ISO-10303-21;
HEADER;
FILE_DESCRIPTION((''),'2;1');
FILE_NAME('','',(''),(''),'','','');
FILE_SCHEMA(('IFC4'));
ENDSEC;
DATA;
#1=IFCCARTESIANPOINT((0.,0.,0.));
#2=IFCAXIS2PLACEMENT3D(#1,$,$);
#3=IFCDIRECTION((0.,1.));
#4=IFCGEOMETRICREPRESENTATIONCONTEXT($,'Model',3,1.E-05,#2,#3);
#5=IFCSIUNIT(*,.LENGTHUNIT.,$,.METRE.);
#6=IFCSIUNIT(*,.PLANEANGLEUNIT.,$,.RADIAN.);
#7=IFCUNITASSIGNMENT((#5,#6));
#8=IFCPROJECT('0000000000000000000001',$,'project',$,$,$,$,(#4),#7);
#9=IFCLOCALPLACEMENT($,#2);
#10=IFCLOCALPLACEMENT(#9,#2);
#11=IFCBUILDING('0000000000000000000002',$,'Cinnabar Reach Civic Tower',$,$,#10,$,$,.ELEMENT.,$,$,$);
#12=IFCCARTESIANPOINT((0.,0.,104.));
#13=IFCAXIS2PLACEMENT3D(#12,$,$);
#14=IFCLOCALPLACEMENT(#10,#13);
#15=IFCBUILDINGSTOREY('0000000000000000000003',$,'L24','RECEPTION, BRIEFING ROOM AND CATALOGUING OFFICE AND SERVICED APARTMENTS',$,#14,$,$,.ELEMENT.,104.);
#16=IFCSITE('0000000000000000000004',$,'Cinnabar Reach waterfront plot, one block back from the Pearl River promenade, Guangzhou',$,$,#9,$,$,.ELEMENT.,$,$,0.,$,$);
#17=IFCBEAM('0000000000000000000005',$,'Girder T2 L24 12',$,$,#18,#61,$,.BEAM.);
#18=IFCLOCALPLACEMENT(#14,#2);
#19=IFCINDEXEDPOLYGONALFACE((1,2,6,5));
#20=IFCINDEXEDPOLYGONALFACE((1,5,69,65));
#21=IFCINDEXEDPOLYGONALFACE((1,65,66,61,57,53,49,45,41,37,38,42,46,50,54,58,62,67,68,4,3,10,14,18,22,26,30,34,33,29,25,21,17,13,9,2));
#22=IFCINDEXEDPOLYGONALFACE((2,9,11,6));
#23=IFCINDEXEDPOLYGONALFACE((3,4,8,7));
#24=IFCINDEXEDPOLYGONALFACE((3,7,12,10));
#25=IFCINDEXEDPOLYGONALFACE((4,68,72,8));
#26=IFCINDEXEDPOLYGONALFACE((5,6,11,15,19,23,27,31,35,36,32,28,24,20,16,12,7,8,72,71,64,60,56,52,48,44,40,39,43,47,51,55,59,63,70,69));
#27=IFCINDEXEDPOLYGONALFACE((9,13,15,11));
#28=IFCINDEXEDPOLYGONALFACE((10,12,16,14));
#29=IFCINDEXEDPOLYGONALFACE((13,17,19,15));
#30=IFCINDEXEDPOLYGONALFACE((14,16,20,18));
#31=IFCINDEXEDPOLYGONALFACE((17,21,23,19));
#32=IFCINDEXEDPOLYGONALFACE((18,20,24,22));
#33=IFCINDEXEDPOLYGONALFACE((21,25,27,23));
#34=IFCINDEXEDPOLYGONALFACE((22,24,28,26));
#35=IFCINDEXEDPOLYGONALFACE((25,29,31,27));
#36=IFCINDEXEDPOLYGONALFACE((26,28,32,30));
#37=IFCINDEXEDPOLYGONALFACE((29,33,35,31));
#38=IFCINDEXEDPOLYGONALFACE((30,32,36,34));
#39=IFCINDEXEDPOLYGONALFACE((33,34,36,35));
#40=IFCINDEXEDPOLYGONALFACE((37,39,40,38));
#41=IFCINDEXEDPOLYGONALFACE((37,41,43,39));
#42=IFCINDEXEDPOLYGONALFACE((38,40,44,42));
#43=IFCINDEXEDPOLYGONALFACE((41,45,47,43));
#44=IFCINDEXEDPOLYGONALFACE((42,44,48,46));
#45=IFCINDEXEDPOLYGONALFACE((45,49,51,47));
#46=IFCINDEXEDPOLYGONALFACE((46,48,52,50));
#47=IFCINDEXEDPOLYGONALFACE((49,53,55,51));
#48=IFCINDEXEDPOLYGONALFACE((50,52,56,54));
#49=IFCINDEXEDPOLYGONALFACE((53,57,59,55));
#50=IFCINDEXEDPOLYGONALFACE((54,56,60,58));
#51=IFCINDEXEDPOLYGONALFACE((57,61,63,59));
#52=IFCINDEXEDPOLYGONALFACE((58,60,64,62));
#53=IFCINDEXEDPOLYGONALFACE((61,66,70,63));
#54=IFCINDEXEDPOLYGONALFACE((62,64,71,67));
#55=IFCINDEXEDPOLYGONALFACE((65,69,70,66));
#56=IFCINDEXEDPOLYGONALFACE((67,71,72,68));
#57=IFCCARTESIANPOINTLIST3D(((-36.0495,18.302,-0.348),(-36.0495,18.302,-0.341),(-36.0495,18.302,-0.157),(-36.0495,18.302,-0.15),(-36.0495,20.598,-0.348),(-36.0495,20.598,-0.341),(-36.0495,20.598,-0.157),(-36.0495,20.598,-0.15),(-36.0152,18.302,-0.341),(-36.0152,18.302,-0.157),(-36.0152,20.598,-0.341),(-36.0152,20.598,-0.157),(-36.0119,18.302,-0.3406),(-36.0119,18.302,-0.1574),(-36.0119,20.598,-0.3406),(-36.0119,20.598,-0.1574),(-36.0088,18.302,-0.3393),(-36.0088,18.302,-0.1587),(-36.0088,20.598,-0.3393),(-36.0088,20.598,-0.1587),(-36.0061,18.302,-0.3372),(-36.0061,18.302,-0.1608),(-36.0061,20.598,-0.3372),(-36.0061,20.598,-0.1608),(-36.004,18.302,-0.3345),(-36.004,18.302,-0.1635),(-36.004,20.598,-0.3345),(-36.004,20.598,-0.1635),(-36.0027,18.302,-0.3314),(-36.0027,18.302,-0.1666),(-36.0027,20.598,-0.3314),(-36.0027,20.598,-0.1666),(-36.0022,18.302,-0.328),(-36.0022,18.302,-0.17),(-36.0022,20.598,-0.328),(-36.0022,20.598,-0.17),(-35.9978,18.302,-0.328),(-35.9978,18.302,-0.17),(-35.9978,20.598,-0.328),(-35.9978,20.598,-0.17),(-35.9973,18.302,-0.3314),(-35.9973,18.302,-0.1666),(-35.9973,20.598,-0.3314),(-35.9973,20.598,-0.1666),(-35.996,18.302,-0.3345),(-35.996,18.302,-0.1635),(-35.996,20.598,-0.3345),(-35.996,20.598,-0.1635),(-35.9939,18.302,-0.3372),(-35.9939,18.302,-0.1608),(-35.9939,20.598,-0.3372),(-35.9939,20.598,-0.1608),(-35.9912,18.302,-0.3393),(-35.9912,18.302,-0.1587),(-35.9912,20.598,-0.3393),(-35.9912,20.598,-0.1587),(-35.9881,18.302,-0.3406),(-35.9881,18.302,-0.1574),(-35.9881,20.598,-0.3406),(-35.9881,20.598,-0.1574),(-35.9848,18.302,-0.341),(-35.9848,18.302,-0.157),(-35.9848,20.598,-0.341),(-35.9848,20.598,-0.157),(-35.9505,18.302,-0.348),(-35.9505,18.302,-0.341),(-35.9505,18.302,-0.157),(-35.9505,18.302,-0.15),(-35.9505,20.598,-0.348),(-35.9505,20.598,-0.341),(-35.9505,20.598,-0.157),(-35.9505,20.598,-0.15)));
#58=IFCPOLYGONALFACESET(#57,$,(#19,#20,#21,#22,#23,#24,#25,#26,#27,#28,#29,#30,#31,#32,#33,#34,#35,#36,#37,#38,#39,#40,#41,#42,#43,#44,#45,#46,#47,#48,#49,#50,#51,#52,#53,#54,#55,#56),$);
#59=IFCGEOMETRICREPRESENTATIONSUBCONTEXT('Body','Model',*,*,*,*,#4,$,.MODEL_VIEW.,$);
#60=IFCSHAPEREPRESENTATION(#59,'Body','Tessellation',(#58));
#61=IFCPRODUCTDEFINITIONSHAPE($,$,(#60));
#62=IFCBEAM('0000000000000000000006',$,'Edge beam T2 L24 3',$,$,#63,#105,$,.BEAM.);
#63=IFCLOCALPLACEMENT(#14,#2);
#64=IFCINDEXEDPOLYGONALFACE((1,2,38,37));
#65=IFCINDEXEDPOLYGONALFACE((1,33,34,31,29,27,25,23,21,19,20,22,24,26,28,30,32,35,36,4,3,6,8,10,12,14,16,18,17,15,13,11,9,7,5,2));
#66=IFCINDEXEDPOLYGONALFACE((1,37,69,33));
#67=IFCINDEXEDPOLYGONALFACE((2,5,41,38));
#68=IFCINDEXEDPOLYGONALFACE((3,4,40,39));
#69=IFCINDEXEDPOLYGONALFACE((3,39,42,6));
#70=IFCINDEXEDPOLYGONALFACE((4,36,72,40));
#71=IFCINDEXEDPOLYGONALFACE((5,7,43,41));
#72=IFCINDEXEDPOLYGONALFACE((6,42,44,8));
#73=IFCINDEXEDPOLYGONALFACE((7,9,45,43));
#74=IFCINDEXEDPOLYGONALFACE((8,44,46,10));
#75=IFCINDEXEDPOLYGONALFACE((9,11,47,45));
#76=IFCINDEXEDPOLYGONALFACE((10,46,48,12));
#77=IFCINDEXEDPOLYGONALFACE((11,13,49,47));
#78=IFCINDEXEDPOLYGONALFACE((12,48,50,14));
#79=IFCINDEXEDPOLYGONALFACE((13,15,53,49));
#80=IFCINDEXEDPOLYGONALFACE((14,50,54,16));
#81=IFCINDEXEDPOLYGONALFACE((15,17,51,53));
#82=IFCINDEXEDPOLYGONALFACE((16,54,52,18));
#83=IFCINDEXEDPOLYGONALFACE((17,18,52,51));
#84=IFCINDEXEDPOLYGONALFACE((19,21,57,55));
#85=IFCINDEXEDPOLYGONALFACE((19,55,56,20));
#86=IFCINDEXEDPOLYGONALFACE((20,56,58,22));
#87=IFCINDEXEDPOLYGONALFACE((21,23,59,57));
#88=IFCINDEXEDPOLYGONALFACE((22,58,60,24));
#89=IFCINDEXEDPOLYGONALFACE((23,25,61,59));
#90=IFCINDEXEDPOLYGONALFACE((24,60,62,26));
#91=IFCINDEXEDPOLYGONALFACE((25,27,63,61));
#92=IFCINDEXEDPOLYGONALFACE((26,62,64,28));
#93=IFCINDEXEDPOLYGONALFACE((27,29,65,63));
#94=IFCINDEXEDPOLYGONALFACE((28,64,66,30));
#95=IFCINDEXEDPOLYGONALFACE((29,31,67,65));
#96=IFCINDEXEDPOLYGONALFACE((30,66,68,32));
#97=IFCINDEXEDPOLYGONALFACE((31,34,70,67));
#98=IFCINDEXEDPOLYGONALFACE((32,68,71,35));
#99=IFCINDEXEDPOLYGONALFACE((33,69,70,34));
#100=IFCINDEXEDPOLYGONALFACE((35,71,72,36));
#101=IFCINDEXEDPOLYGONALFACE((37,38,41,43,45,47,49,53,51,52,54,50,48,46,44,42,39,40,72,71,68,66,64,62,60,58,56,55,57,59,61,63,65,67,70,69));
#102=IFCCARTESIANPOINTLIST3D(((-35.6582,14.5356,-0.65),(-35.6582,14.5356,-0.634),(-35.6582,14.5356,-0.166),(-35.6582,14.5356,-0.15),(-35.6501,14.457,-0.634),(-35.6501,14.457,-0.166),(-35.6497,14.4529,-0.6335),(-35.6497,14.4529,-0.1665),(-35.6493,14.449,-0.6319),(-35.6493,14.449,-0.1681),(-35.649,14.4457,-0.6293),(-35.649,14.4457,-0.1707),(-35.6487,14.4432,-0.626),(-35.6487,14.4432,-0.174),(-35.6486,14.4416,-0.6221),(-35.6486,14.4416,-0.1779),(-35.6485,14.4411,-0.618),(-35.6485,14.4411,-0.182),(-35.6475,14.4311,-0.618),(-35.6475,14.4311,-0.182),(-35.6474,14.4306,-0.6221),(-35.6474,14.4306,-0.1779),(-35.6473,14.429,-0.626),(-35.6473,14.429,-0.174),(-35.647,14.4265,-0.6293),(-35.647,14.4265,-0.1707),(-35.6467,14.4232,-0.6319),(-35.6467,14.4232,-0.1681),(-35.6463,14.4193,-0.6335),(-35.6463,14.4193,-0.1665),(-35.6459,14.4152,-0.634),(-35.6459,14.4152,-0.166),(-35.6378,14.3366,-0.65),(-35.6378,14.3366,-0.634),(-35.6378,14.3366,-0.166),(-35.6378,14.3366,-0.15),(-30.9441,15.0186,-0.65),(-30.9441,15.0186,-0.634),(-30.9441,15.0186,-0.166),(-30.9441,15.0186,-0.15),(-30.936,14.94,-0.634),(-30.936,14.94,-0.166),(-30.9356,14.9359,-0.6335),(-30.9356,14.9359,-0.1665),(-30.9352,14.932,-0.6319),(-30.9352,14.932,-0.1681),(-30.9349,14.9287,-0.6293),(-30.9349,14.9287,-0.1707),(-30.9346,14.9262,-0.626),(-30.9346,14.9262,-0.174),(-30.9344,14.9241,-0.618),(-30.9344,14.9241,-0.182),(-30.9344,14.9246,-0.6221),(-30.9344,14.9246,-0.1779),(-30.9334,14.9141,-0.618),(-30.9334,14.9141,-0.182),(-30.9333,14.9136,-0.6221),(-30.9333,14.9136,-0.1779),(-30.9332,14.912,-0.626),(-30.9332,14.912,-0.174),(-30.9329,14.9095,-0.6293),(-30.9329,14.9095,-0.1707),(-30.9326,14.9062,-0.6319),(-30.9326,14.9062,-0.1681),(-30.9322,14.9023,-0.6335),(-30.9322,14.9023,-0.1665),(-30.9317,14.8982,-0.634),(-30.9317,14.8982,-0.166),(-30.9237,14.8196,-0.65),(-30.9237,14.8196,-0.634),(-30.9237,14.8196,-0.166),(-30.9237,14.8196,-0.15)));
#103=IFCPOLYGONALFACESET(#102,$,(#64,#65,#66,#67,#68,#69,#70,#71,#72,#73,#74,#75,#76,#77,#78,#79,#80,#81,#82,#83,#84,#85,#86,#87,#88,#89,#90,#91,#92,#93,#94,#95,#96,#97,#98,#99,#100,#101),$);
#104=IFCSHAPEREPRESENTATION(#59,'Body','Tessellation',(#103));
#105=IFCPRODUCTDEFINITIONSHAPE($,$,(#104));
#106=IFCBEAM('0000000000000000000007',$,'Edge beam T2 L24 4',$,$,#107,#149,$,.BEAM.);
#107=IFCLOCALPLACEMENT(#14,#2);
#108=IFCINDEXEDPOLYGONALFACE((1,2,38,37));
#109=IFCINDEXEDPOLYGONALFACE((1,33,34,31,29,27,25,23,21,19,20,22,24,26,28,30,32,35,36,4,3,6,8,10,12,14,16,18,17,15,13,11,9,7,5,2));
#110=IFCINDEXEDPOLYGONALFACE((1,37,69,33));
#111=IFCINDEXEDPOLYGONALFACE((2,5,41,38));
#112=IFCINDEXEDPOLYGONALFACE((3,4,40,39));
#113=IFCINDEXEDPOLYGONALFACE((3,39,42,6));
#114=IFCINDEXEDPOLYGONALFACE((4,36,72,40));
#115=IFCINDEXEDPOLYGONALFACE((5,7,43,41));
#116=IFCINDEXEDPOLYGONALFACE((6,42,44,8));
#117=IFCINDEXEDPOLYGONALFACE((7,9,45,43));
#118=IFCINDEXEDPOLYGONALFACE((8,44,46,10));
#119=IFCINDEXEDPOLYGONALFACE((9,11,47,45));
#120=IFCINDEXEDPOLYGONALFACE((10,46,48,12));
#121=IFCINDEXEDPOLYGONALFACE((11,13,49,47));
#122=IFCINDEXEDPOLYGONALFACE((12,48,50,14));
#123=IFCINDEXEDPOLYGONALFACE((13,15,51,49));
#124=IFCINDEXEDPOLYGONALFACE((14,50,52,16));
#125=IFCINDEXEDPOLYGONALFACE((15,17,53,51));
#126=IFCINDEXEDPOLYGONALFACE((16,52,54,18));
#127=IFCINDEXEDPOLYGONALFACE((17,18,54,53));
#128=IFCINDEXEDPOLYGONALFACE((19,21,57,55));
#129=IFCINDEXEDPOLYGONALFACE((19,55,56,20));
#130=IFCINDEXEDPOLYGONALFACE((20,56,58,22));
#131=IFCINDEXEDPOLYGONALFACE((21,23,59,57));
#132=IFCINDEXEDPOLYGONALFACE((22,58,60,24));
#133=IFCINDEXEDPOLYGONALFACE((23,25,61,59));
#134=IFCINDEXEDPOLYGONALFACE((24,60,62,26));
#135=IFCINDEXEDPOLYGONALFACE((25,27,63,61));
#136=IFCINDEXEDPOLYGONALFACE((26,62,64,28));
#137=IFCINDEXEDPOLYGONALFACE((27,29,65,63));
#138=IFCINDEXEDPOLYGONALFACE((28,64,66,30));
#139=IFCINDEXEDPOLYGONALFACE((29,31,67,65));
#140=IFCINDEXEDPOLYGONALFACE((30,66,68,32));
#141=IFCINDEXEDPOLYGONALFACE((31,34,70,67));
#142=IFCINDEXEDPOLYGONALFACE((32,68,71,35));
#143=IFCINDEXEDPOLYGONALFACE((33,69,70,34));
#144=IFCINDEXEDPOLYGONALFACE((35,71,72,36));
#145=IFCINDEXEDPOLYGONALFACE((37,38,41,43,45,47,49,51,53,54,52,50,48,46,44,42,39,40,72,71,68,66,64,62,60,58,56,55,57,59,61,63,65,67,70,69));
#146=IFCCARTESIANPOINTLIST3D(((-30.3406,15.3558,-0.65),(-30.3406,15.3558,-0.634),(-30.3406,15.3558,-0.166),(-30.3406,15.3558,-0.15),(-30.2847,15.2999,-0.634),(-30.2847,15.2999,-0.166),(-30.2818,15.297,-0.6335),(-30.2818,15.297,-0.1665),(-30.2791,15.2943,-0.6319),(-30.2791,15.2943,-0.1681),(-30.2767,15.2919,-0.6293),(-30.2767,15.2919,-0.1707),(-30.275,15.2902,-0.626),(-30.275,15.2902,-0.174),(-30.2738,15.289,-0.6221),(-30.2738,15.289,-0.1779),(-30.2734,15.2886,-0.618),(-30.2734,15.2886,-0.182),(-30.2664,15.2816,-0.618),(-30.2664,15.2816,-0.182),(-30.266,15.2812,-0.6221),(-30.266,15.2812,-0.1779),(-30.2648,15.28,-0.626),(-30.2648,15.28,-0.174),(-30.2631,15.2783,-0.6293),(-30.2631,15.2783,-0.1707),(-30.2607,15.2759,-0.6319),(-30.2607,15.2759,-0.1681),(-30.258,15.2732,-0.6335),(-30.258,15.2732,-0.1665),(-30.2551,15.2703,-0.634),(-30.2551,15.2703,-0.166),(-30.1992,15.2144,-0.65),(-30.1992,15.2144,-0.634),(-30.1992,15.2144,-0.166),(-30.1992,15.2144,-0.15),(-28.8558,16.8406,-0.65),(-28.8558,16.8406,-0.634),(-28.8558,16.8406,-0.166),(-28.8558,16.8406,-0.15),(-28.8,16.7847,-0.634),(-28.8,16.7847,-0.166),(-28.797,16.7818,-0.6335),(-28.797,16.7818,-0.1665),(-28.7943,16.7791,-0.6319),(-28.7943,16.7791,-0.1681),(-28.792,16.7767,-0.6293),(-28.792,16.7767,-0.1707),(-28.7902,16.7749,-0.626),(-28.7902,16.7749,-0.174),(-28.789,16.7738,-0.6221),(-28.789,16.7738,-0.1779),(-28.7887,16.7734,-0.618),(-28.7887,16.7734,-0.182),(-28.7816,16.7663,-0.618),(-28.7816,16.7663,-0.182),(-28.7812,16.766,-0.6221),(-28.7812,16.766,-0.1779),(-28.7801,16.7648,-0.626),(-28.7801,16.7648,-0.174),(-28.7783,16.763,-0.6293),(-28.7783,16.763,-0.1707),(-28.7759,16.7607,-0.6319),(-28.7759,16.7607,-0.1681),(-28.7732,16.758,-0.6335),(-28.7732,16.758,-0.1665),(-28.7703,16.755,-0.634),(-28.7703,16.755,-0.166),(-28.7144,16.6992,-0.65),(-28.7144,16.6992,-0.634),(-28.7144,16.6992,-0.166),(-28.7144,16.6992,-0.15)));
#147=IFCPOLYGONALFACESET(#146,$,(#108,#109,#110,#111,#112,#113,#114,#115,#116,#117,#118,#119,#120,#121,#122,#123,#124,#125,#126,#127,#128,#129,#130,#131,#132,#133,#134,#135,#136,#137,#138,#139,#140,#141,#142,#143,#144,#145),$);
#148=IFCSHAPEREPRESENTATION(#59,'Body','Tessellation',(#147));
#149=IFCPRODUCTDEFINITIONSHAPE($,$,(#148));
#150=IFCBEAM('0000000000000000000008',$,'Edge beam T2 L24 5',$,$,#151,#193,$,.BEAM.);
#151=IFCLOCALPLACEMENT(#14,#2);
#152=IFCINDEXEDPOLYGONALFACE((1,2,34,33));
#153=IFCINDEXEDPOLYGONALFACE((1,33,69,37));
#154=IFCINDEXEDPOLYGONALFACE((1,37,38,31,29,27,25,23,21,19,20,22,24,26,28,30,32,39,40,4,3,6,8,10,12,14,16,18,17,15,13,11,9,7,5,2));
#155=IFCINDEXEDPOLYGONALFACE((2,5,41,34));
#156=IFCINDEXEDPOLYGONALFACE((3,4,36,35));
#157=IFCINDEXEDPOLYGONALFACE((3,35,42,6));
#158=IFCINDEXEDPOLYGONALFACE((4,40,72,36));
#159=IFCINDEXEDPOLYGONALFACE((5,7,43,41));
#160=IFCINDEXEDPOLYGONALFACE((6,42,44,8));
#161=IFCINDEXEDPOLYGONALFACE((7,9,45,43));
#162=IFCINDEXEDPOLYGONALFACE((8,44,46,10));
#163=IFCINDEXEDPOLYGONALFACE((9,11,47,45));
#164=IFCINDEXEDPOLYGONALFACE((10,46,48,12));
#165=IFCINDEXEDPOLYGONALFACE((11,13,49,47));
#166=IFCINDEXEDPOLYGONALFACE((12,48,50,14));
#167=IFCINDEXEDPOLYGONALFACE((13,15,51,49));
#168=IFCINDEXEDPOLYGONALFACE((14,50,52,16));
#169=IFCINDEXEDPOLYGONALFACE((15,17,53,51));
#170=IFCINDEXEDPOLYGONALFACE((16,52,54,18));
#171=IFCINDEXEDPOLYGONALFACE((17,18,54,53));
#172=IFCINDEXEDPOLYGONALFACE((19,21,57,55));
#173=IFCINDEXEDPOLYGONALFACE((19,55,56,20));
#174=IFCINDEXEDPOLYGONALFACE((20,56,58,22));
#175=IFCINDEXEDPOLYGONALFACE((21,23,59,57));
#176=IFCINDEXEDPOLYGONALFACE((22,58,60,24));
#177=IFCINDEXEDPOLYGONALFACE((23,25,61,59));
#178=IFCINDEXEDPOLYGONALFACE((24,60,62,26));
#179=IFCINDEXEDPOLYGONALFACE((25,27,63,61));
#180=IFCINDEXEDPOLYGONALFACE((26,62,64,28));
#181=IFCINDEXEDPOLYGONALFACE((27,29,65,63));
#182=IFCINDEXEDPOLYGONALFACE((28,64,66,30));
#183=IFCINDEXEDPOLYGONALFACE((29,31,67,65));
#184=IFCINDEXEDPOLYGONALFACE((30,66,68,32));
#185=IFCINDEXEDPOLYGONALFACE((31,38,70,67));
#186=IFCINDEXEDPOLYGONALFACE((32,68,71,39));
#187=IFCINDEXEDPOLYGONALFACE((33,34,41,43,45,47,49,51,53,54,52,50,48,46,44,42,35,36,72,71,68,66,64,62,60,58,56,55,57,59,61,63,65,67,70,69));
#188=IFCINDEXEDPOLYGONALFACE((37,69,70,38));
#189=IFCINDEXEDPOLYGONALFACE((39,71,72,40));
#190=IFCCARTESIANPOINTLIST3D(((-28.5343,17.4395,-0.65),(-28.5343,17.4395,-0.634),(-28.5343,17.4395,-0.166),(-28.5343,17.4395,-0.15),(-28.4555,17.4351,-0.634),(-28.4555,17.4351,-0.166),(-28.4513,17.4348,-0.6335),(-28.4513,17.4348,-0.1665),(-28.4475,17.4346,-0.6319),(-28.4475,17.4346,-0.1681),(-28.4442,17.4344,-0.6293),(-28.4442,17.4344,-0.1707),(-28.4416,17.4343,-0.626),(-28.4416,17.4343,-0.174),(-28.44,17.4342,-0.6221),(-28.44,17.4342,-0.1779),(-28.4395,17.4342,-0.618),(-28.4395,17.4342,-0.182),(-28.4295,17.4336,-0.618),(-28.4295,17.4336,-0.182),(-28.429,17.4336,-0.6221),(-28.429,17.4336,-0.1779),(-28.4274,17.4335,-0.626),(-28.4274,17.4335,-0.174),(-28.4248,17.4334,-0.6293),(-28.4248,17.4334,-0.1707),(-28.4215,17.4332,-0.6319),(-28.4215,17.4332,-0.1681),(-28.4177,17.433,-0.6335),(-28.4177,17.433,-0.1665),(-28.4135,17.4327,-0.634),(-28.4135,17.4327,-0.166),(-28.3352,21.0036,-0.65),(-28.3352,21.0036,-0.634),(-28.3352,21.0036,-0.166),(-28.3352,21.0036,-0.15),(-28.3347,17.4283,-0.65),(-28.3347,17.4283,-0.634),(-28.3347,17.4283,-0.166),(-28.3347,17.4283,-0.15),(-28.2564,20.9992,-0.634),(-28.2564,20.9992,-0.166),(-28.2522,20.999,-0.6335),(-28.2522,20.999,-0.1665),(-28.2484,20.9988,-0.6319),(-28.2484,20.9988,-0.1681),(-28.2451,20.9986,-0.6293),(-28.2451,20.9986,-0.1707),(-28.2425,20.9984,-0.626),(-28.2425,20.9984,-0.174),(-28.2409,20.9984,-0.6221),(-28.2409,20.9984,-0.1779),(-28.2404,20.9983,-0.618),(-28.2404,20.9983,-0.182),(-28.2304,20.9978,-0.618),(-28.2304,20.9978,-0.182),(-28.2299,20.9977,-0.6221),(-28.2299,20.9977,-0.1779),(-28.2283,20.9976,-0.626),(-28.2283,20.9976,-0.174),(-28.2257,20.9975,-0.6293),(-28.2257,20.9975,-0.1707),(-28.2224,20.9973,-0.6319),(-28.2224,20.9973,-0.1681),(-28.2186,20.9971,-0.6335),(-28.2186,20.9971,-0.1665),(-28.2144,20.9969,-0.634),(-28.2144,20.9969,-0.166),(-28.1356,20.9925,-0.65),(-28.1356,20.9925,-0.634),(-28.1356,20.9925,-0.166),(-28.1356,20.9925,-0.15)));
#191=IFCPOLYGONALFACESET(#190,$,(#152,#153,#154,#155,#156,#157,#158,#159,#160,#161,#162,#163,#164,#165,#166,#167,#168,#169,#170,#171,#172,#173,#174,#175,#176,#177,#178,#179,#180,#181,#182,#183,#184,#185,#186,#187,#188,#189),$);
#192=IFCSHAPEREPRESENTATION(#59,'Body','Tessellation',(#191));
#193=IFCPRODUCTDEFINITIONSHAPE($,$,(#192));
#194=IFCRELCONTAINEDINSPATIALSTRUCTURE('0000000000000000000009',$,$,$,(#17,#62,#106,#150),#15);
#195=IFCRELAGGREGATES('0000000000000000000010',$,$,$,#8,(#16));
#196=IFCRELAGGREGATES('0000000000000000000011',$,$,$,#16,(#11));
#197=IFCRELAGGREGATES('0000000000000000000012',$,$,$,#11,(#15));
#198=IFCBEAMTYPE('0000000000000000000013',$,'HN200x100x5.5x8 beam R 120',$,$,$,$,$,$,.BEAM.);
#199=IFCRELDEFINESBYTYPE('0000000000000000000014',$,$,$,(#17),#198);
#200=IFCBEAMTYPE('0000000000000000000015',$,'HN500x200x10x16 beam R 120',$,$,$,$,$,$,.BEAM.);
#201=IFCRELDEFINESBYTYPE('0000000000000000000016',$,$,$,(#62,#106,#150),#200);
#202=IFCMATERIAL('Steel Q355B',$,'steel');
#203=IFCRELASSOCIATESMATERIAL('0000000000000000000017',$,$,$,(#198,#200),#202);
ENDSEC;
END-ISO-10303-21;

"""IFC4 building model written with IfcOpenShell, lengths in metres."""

from ifc_helpers import new_model, si_unit, direction, frame, origin, origin_2d, place, context, subcontext, project, spatial, i_section, extrude, material, material_profile, profile_set, type_object, element, save


model = new_model("IFC4")

# Units and contexts
model_context = context("Model", 3, precision=1e-05, world=origin(), true_north=direction((0.0, 1.0)))
body_context = subcontext(model_context, "Body", "Model", "MODEL_VIEW")
ifc_project = project(units=[si_unit("LENGTHUNIT", "METRE"), si_unit("PLANEANGLEUNIT", "RADIAN")], contexts=[model_context])

# Site, building, storey
site_placement = place(None, origin())
site = spatial("IfcSite", under=ifc_project, at=site_placement, Name="Cinnabar Reach waterfront plot, one block back from the Pearl River promenade, Guangzhou", CompositionType="ELEMENT", RefElevation=0.0)
building_placement = place(site_placement, origin())
building = spatial("IfcBuilding", under=site, at=building_placement, Name="Cinnabar Reach Civic Tower", CompositionType="ELEMENT")
storey_placement = place(building_placement, frame((0.0, 0.0, 104.0)))
storey = spatial("IfcBuildingStorey", under=building, at=storey_placement, Name="L24", Description="RECEPTION, BRIEFING ROOM AND CATALOGUING OFFICE AND SERVICED APARTMENTS", CompositionType="ELEMENT", Elevation=104.0)

# Beams
ifc_material_1 = material(Name="Steel Q355B", Category="steel")
ifc_material_profile_1 = material_profile(ifc_material_1, i_section(OverallWidth=0.099, OverallDepth=0.198, WebThickness=0.0045, FlangeThickness=0.007, FilletRadius=0.013, at=origin_2d()), Name="HN200x100x5.5x8")
ifc_profile_set_1 = profile_set([ifc_material_profile_1], Name="Steel Q355B")
beam_type_1 = type_object("IfcBeamType", Name="HN200x100x5.5x8 beam R 120", PredefinedType="BEAM", material=ifc_profile_set_1)
beam_1_placement = place(storey_placement, frame((-36.0, 18.302, -0.249), z_axis=(0.0, 1.0, 0.0), x_axis=(-1.0, 0.0, 0.0)))
element("IfcBeam", 1, at=beam_1_placement, inside=storey, type_object=beam_type_1, Name="Girder T2 L24 12", PredefinedType="BEAM", context=body_context, shape_type="SweptSolid", body=[
    extrude(i_section(OverallWidth=0.099, OverallDepth=0.198, WebThickness=0.0045, FlangeThickness=0.007, FilletRadius=0.013, at=origin_2d()), origin(), (0.0, 0.0, 1.0), 2.296),
])
ifc_material_profile_2 = material_profile(ifc_material_1, i_section(OverallWidth=0.2, OverallDepth=0.5, WebThickness=0.01, FlangeThickness=0.016, FilletRadius=0.016, at=origin_2d()), Name="HN500x200x10x16")
ifc_profile_set_2 = profile_set([ifc_material_profile_2], Name="Steel Q355B")
beam_type_2 = type_object("IfcBeamType", Name="HN500x200x10x16 beam R 120", PredefinedType="BEAM", material=ifc_profile_set_2)
beam_2_placement = place(storey_placement, frame((-35.648, 14.4361, -0.4), z_axis=(0.994792, 0.101925, 0.0), x_axis=(-0.101925, 0.994792, 0.0)))
element("IfcBeam", 2, at=beam_2_placement, inside=storey, type_object=beam_type_2, Name="Edge beam T2 L24 3", PredefinedType="BEAM", context=body_context, shape_type="SweptSolid", body=[
    extrude(i_section(OverallWidth=0.2, OverallDepth=0.5, WebThickness=0.01, FlangeThickness=0.016, FilletRadius=0.016, at=origin_2d()), origin(), (0.0, 0.0, 1.0), 4.7388),
])
beam_3_placement = place(storey_placement, frame((-30.2699, 15.2851, -0.4), z_axis=(0.707107, 0.707107, 0.0), x_axis=(-0.707107, 0.707107, 0.0)))
element("IfcBeam", 3, at=beam_3_placement, inside=storey, type_object=beam_type_2, Name="Edge beam T2 L24 4", PredefinedType="BEAM", context=body_context, shape_type="SweptSolid", body=[
    extrude(i_section(OverallWidth=0.2, OverallDepth=0.5, WebThickness=0.01, FlangeThickness=0.016, FilletRadius=0.016, at=origin_2d()), origin(), (0.0, 0.0, 1.0), 2.0998),
])
beam_4_placement = place(storey_placement, frame((-28.4345, 17.4339, -0.4), z_axis=(0.055776, 0.998443, 0.0), x_axis=(-0.998443, 0.055776, 0.0)))
element("IfcBeam", 4, at=beam_4_placement, inside=storey, type_object=beam_type_2, Name="Edge beam T2 L24 5", PredefinedType="BEAM", context=body_context, shape_type="SweptSolid", body=[
    extrude(i_section(OverallWidth=0.2, OverallDepth=0.5, WebThickness=0.01, FlangeThickness=0.016, FilletRadius=0.016, at=origin_2d()), origin(), (0.0, 0.0, 1.0), 3.5697),
])

save(model, "model.ifc")
